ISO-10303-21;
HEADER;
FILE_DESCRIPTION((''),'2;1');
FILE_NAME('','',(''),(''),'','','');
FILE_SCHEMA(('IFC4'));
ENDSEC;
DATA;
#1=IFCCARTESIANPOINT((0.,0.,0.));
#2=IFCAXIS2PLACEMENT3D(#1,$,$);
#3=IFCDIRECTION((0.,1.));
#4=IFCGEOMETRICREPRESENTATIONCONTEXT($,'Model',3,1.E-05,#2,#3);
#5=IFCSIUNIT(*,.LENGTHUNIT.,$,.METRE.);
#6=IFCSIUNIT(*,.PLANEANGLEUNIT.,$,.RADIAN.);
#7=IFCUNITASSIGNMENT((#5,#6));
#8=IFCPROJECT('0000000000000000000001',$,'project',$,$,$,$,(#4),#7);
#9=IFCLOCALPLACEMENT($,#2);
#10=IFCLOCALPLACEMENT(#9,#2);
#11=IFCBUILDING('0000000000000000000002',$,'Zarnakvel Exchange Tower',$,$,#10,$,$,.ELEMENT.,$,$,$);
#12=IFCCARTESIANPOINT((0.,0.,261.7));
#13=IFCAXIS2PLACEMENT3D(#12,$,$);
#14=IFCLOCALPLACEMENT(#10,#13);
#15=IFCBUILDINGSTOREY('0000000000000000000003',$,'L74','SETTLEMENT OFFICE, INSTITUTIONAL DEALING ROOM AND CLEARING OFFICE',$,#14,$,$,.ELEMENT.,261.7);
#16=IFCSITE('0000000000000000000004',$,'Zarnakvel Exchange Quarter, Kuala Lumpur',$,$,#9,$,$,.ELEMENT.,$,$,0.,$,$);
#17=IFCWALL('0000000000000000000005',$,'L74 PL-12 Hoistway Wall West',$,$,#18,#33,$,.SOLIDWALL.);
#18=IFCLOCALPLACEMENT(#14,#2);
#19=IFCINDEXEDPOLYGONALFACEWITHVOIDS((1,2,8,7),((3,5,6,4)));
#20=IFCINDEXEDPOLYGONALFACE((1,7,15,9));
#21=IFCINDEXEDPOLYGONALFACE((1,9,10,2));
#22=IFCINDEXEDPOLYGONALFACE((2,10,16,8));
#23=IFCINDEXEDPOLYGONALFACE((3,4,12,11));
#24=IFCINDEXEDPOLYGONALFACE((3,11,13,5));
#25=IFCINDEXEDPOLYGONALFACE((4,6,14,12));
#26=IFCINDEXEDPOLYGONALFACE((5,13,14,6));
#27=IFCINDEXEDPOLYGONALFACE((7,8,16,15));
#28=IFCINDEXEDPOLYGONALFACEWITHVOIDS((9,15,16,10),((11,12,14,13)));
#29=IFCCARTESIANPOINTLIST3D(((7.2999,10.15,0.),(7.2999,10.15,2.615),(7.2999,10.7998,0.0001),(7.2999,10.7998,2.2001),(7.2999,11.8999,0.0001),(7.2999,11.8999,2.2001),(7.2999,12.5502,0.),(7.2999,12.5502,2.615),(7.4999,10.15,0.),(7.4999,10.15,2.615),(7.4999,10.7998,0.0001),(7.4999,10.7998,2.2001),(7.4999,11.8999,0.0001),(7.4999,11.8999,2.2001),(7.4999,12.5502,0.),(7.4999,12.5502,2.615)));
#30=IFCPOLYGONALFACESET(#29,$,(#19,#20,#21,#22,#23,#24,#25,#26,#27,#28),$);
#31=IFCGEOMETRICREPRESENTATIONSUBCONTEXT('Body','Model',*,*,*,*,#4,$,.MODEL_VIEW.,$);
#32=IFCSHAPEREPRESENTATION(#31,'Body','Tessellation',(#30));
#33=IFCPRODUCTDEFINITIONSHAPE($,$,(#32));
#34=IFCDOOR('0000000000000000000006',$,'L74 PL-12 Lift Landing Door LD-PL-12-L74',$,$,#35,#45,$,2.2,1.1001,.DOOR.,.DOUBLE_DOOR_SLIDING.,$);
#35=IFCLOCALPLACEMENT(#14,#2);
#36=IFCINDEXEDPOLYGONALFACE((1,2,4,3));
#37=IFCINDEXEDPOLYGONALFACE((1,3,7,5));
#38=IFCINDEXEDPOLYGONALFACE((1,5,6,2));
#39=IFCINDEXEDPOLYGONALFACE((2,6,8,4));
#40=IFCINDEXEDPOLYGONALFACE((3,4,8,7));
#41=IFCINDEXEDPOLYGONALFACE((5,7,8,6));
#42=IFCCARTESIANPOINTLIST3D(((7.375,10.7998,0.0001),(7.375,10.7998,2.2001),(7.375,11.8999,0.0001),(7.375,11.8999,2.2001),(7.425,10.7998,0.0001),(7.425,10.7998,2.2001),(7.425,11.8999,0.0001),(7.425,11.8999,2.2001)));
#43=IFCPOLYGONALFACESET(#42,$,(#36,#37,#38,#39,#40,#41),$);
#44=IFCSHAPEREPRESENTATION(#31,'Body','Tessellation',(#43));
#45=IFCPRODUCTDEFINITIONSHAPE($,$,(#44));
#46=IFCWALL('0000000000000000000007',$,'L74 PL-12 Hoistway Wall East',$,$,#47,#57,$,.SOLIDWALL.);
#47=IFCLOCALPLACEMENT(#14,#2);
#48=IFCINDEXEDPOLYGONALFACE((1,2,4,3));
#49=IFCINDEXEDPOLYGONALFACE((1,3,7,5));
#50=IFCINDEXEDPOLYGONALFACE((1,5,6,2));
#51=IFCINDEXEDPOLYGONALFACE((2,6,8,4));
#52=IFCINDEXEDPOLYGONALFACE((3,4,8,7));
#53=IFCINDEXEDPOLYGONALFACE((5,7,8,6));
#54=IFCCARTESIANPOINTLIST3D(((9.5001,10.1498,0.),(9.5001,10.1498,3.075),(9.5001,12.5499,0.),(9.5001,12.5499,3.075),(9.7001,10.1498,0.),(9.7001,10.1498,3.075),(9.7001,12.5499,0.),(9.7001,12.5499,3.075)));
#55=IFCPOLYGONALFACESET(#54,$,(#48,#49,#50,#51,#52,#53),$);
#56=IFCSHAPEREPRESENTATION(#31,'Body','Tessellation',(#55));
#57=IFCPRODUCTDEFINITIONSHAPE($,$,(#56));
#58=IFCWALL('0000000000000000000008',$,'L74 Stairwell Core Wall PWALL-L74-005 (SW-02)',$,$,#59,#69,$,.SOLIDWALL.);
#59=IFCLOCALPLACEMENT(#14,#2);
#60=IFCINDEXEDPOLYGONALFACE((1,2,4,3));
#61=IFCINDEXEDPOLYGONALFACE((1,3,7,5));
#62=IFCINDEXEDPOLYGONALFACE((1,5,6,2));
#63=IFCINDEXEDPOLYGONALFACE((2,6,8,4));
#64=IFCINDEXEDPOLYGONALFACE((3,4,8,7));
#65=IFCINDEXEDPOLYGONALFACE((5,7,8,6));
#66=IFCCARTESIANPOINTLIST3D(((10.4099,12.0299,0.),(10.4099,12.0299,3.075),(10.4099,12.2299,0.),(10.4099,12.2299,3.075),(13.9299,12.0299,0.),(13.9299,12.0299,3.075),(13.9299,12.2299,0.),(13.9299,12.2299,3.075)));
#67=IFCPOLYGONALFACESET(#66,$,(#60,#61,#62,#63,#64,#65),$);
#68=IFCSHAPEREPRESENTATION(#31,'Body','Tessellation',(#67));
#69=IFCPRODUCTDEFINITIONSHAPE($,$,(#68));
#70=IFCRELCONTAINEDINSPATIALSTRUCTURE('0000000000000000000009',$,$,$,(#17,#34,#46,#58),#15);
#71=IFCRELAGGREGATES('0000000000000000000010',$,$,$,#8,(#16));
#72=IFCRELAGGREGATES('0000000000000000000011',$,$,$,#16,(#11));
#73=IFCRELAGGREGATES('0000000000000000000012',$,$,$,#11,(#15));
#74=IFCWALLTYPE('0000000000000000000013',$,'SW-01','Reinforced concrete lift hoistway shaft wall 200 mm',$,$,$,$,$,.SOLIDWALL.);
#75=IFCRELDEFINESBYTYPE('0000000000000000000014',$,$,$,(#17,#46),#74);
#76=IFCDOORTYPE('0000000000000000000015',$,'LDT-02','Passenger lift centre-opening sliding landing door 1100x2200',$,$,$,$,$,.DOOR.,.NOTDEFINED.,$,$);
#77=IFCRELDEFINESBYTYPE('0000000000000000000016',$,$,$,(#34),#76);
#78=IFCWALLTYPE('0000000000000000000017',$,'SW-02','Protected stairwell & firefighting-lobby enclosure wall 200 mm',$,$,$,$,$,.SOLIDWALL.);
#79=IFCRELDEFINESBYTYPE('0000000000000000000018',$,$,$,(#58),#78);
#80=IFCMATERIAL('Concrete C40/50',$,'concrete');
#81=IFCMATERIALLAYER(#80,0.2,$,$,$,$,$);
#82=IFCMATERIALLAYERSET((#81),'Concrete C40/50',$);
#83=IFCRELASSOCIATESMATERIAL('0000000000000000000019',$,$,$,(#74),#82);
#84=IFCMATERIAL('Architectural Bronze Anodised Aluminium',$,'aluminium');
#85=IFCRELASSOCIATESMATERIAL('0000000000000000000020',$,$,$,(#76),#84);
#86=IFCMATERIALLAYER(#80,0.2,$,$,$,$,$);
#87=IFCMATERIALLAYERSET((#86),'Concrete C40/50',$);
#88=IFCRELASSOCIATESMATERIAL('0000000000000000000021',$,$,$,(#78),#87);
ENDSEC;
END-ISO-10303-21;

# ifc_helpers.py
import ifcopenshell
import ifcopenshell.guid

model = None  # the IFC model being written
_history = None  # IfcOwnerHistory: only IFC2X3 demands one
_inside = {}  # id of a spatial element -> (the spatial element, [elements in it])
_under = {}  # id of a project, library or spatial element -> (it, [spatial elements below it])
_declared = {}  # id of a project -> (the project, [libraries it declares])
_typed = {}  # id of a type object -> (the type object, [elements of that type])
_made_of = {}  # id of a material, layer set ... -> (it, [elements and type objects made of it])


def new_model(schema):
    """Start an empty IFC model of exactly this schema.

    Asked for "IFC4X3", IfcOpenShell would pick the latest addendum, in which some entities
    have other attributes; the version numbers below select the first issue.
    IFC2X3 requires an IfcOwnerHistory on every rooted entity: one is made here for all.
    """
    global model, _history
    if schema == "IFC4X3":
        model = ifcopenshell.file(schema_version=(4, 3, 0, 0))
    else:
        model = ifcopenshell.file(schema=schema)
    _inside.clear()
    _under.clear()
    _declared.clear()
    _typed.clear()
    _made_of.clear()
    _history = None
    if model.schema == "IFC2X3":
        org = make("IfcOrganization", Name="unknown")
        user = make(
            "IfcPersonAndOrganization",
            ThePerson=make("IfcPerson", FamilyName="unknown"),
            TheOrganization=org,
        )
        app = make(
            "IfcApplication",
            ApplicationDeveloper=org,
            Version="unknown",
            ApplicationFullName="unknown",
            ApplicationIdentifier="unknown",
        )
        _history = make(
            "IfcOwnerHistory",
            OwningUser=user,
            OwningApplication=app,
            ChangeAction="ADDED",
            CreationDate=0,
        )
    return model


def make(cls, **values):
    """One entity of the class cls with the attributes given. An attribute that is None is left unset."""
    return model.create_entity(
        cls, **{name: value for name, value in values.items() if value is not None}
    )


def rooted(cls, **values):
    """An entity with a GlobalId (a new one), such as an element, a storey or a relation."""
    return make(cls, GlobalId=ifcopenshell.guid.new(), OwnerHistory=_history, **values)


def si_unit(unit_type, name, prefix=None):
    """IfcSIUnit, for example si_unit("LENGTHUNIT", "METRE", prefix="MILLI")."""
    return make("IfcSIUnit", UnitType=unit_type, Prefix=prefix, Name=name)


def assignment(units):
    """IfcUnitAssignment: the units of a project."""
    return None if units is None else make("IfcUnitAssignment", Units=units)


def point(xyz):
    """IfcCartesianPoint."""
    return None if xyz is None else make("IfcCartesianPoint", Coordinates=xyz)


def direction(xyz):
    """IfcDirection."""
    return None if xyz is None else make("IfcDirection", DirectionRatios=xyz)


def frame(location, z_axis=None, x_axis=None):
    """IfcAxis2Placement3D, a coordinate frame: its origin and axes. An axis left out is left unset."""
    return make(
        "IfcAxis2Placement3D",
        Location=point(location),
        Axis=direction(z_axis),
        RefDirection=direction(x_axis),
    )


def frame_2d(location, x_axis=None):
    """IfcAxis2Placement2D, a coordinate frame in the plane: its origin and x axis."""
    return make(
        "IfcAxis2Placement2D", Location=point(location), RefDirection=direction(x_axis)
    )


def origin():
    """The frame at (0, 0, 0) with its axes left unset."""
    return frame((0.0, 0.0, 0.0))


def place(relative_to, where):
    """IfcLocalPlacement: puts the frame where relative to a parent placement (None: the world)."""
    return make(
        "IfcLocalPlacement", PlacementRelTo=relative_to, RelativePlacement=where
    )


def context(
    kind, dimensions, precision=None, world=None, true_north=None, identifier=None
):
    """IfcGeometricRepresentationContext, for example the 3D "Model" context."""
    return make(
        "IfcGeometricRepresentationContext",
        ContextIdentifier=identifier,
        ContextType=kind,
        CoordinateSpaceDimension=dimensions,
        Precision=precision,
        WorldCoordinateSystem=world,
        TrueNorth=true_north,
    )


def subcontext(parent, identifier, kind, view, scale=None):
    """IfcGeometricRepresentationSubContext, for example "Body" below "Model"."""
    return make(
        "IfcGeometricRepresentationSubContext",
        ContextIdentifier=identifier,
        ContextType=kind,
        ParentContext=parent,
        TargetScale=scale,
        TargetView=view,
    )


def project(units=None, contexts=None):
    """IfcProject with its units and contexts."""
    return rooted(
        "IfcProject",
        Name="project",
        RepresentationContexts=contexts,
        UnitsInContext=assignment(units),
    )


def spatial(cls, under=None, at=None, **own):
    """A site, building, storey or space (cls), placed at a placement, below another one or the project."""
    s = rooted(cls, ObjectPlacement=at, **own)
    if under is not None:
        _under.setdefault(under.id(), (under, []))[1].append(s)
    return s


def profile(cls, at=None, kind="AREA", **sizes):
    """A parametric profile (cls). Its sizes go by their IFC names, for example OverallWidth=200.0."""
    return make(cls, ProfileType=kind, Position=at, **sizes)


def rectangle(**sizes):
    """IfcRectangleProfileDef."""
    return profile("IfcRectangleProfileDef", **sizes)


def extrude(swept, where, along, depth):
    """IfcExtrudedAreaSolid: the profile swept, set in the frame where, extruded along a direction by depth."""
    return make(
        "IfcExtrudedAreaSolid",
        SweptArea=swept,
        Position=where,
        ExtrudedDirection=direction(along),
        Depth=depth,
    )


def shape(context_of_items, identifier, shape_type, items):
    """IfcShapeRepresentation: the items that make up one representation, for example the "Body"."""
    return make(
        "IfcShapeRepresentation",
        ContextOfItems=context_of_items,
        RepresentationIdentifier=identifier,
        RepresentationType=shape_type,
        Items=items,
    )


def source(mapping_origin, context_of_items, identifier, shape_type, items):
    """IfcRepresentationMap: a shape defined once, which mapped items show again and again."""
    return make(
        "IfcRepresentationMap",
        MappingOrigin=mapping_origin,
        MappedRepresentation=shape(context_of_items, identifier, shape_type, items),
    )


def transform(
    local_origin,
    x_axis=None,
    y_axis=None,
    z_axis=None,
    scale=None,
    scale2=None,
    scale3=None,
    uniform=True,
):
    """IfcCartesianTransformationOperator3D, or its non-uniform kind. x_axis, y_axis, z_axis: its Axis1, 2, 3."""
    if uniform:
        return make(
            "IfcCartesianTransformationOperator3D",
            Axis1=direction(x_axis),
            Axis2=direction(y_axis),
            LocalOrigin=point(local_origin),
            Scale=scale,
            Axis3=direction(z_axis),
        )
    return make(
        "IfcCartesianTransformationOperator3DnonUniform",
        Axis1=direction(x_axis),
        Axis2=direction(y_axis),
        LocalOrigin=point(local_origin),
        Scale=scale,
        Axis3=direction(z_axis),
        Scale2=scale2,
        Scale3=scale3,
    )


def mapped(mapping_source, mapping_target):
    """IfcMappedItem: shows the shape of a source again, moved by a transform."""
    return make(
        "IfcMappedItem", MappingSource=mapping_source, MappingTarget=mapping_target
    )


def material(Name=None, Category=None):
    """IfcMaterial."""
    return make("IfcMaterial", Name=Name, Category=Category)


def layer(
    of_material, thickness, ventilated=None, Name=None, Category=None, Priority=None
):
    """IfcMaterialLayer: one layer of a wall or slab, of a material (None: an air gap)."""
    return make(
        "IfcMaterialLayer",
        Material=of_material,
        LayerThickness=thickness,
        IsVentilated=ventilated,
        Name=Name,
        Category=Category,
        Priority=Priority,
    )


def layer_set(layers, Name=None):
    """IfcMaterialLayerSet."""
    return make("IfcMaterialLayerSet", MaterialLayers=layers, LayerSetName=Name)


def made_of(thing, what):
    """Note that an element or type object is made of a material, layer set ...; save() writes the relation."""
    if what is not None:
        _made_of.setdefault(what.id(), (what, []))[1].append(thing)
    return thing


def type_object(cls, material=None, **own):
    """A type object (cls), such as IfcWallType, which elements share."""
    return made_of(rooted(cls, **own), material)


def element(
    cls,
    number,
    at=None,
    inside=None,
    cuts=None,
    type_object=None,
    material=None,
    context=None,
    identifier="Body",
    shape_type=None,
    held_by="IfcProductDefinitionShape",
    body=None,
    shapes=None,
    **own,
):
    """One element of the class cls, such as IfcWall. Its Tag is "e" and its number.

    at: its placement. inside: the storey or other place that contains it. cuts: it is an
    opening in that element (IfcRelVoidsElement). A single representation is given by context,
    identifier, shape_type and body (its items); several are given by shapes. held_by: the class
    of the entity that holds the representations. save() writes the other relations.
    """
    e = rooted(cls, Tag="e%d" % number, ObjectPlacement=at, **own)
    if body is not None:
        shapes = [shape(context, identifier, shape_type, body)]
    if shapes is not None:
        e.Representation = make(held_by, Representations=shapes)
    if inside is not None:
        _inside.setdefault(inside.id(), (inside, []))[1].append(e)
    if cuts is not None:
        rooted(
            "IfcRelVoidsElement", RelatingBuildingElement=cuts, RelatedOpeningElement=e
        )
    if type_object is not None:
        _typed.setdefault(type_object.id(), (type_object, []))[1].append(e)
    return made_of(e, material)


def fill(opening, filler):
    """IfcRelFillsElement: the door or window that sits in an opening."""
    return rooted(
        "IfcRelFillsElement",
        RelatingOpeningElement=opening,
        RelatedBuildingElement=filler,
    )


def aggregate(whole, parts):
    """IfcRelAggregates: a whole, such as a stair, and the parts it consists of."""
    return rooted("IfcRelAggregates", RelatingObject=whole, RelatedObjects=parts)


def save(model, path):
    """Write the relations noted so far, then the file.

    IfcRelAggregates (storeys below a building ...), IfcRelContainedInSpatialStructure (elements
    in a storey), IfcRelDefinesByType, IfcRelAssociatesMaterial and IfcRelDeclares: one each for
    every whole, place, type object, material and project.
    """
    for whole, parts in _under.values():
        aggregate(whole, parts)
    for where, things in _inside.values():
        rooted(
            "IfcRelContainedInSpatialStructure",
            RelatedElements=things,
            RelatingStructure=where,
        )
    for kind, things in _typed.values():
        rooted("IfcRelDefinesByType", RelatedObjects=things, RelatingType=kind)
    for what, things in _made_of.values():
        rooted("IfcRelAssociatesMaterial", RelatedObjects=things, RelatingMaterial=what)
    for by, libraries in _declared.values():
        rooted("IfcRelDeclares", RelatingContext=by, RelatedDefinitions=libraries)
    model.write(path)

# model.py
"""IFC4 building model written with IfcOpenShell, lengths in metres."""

from ifc_helpers import new_model, si_unit, direction, frame, frame_2d, origin, place, context, subcontext, project, spatial, rectangle, extrude, source, transform, mapped, material, layer, layer_set, type_object, element, fill, save


model = new_model("IFC4")

# Units and contexts
model_context = context("Model", 3, precision=1e-05, world=origin(), true_north=direction((0.0, 1.0)))
body_context = subcontext(model_context, "Body", "Model", "MODEL_VIEW")
ifc_project = project(units=[si_unit("LENGTHUNIT", "METRE"), si_unit("PLANEANGLEUNIT", "RADIAN")], contexts=[model_context])

# Site, building, storey
site_placement = place(None, origin())
site = spatial("IfcSite", under=ifc_project, at=site_placement, Name="Zarnakvel Exchange Quarter, Kuala Lumpur", CompositionType="ELEMENT", RefElevation=0.0)
building_placement = place(site_placement, origin())
building = spatial("IfcBuilding", under=site, at=building_placement, Name="Zarnakvel Exchange Tower", CompositionType="ELEMENT")
storey_placement = place(building_placement, frame((0.0, 0.0, 261.7)))
storey = spatial("IfcBuildingStorey", under=building, at=storey_placement, Name="L74", Description="SETTLEMENT OFFICE, INSTITUTIONAL DEALING ROOM AND CLEARING OFFICE", CompositionType="ELEMENT", Elevation=261.7)

# Shared definitions
ifc_material_1 = material(Name="Architectural Bronze Anodised Aluminium", Category="aluminium")

# Shared definitions
ifc_material_2 = material(Name="Concrete C40/50", Category="concrete")
ifc_layer_1 = layer(ifc_material_2, 0.2)
ifc_layer_set_1 = layer_set([ifc_layer_1], Name="Concrete C40/50")
wall_type_1 = type_object("IfcWallType", Name="SW-01", Description="Reinforced concrete lift hoistway shaft wall 200 mm", PredefinedType="SOLIDWALL", material=ifc_layer_set_1)

# Wall, opening, door
wall_1_placement = place(storey_placement, frame((7.3999, 10.1499, 0.0), z_axis=(0.0, 0.0, 1.0), x_axis=(0.0, 1.0, 0.0)))
wall_1 = element("IfcWall", 1, at=wall_1_placement, inside=storey, type_object=wall_type_1, Name="L74 PL-12 Hoistway Wall West", PredefinedType="SOLIDWALL", context=body_context, shape_type="SweptSolid", body=[
    extrude(rectangle(XDim=2.4001, YDim=0.2, at=frame_2d((1.2002, 0.0))), origin(), (0.0, 0.0, 1.0), 2.615),
])
opening_1_placement = place(wall_1_placement, frame((0.6499, 0.0, 0.0)))
opening_1 = element("IfcOpeningElement", 2, at=opening_1_placement, cuts=wall_1, PredefinedType="OPENING", context=body_context, shape_type="SweptSolid", body=[
    extrude(rectangle(XDim=1.1001, YDim=2.2, at=frame_2d((0.55, 1.1001))), frame((0.0, 0.1099, 0.0), z_axis=(0.0, -1.0, 0.0), x_axis=(1.0, 0.0, 0.0)), (0.0, 0.0, 1.0), 0.22),
])
door_type_1 = type_object("IfcDoorType", Name="LDT-02", Description="Passenger lift centre-opening sliding landing door 1100x2200", OperationType="NOTDEFINED", PredefinedType="DOOR", material=ifc_material_1)
shared_shape_1 = source(origin(), body_context, "Body", "SweptSolid", [
    extrude(rectangle(XDim=1.1001, YDim=2.2, at=frame_2d((0.55, 1.1001))), frame((0.0, 0.0249, 0.0), z_axis=(0.0, -1.0, 0.0), x_axis=(1.0, 0.0, 0.0)), (0.0, 0.0, 1.0), 0.05),
])
door_1_placement = place(opening_1_placement, origin())
door_1 = element("IfcDoor", 3, at=door_1_placement, inside=storey, type_object=door_type_1, Name="L74 PL-12 Lift Landing Door LD-PL-12-L74", OperationType="DOUBLE_DOOR_SLIDING", OverallHeight=2.2, OverallWidth=1.1001, PredefinedType="DOOR", context=body_context, shape_type="MappedRepresentation", body=[
    mapped(shared_shape_1, transform((0.0, 0.0, 0.0), x_axis=(1.0, 0.0, 0.0), y_axis=(0.0, 1.0, 0.0), z_axis=(0.0, 0.0, 1.0), scale=1.0)),
])
fill(opening_1, door_1)

# Walls
wall_2_placement = place(storey_placement, frame((9.6001, 12.55, 0.0), z_axis=(0.0, 0.0, 1.0), x_axis=(0.0, -1.0, 0.0)))
element("IfcWall", 4, at=wall_2_placement, inside=storey, type_object=wall_type_1, Name="L74 PL-12 Hoistway Wall East", PredefinedType="SOLIDWALL", context=body_context, shape_type="SweptSolid", body=[
    extrude(rectangle(XDim=2.4001, YDim=0.2, at=frame_2d((1.2002, 0.0))), origin(), (0.0, 0.0, 1.0), 3.075),
])
ifc_layer_2 = layer(ifc_material_2, 0.2)
ifc_layer_set_2 = layer_set([ifc_layer_2], Name="Concrete C40/50")
wall_type_2 = type_object("IfcWallType", Name="SW-02", Description="Protected stairwell & firefighting-lobby enclosure wall 200 mm", PredefinedType="SOLIDWALL", material=ifc_layer_set_2)
wall_3_placement = place(storey_placement, frame((10.4099, 12.1299, 0.0), z_axis=(0.0, 0.0, 1.0), x_axis=(1.0, 0.0, 0.0)))
element("IfcWall", 5, at=wall_3_placement, inside=storey, type_object=wall_type_2, Name="L74 Stairwell Core Wall PWALL-L74-005 (SW-02)", PredefinedType="SOLIDWALL", context=body_context, shape_type="SweptSolid", body=[
    extrude(rectangle(XDim=3.52, YDim=0.2, at=frame_2d((1.76, 0.0))), origin(), (0.0, 0.0, 1.0), 3.075),
])

save(model, "model.ifc")
